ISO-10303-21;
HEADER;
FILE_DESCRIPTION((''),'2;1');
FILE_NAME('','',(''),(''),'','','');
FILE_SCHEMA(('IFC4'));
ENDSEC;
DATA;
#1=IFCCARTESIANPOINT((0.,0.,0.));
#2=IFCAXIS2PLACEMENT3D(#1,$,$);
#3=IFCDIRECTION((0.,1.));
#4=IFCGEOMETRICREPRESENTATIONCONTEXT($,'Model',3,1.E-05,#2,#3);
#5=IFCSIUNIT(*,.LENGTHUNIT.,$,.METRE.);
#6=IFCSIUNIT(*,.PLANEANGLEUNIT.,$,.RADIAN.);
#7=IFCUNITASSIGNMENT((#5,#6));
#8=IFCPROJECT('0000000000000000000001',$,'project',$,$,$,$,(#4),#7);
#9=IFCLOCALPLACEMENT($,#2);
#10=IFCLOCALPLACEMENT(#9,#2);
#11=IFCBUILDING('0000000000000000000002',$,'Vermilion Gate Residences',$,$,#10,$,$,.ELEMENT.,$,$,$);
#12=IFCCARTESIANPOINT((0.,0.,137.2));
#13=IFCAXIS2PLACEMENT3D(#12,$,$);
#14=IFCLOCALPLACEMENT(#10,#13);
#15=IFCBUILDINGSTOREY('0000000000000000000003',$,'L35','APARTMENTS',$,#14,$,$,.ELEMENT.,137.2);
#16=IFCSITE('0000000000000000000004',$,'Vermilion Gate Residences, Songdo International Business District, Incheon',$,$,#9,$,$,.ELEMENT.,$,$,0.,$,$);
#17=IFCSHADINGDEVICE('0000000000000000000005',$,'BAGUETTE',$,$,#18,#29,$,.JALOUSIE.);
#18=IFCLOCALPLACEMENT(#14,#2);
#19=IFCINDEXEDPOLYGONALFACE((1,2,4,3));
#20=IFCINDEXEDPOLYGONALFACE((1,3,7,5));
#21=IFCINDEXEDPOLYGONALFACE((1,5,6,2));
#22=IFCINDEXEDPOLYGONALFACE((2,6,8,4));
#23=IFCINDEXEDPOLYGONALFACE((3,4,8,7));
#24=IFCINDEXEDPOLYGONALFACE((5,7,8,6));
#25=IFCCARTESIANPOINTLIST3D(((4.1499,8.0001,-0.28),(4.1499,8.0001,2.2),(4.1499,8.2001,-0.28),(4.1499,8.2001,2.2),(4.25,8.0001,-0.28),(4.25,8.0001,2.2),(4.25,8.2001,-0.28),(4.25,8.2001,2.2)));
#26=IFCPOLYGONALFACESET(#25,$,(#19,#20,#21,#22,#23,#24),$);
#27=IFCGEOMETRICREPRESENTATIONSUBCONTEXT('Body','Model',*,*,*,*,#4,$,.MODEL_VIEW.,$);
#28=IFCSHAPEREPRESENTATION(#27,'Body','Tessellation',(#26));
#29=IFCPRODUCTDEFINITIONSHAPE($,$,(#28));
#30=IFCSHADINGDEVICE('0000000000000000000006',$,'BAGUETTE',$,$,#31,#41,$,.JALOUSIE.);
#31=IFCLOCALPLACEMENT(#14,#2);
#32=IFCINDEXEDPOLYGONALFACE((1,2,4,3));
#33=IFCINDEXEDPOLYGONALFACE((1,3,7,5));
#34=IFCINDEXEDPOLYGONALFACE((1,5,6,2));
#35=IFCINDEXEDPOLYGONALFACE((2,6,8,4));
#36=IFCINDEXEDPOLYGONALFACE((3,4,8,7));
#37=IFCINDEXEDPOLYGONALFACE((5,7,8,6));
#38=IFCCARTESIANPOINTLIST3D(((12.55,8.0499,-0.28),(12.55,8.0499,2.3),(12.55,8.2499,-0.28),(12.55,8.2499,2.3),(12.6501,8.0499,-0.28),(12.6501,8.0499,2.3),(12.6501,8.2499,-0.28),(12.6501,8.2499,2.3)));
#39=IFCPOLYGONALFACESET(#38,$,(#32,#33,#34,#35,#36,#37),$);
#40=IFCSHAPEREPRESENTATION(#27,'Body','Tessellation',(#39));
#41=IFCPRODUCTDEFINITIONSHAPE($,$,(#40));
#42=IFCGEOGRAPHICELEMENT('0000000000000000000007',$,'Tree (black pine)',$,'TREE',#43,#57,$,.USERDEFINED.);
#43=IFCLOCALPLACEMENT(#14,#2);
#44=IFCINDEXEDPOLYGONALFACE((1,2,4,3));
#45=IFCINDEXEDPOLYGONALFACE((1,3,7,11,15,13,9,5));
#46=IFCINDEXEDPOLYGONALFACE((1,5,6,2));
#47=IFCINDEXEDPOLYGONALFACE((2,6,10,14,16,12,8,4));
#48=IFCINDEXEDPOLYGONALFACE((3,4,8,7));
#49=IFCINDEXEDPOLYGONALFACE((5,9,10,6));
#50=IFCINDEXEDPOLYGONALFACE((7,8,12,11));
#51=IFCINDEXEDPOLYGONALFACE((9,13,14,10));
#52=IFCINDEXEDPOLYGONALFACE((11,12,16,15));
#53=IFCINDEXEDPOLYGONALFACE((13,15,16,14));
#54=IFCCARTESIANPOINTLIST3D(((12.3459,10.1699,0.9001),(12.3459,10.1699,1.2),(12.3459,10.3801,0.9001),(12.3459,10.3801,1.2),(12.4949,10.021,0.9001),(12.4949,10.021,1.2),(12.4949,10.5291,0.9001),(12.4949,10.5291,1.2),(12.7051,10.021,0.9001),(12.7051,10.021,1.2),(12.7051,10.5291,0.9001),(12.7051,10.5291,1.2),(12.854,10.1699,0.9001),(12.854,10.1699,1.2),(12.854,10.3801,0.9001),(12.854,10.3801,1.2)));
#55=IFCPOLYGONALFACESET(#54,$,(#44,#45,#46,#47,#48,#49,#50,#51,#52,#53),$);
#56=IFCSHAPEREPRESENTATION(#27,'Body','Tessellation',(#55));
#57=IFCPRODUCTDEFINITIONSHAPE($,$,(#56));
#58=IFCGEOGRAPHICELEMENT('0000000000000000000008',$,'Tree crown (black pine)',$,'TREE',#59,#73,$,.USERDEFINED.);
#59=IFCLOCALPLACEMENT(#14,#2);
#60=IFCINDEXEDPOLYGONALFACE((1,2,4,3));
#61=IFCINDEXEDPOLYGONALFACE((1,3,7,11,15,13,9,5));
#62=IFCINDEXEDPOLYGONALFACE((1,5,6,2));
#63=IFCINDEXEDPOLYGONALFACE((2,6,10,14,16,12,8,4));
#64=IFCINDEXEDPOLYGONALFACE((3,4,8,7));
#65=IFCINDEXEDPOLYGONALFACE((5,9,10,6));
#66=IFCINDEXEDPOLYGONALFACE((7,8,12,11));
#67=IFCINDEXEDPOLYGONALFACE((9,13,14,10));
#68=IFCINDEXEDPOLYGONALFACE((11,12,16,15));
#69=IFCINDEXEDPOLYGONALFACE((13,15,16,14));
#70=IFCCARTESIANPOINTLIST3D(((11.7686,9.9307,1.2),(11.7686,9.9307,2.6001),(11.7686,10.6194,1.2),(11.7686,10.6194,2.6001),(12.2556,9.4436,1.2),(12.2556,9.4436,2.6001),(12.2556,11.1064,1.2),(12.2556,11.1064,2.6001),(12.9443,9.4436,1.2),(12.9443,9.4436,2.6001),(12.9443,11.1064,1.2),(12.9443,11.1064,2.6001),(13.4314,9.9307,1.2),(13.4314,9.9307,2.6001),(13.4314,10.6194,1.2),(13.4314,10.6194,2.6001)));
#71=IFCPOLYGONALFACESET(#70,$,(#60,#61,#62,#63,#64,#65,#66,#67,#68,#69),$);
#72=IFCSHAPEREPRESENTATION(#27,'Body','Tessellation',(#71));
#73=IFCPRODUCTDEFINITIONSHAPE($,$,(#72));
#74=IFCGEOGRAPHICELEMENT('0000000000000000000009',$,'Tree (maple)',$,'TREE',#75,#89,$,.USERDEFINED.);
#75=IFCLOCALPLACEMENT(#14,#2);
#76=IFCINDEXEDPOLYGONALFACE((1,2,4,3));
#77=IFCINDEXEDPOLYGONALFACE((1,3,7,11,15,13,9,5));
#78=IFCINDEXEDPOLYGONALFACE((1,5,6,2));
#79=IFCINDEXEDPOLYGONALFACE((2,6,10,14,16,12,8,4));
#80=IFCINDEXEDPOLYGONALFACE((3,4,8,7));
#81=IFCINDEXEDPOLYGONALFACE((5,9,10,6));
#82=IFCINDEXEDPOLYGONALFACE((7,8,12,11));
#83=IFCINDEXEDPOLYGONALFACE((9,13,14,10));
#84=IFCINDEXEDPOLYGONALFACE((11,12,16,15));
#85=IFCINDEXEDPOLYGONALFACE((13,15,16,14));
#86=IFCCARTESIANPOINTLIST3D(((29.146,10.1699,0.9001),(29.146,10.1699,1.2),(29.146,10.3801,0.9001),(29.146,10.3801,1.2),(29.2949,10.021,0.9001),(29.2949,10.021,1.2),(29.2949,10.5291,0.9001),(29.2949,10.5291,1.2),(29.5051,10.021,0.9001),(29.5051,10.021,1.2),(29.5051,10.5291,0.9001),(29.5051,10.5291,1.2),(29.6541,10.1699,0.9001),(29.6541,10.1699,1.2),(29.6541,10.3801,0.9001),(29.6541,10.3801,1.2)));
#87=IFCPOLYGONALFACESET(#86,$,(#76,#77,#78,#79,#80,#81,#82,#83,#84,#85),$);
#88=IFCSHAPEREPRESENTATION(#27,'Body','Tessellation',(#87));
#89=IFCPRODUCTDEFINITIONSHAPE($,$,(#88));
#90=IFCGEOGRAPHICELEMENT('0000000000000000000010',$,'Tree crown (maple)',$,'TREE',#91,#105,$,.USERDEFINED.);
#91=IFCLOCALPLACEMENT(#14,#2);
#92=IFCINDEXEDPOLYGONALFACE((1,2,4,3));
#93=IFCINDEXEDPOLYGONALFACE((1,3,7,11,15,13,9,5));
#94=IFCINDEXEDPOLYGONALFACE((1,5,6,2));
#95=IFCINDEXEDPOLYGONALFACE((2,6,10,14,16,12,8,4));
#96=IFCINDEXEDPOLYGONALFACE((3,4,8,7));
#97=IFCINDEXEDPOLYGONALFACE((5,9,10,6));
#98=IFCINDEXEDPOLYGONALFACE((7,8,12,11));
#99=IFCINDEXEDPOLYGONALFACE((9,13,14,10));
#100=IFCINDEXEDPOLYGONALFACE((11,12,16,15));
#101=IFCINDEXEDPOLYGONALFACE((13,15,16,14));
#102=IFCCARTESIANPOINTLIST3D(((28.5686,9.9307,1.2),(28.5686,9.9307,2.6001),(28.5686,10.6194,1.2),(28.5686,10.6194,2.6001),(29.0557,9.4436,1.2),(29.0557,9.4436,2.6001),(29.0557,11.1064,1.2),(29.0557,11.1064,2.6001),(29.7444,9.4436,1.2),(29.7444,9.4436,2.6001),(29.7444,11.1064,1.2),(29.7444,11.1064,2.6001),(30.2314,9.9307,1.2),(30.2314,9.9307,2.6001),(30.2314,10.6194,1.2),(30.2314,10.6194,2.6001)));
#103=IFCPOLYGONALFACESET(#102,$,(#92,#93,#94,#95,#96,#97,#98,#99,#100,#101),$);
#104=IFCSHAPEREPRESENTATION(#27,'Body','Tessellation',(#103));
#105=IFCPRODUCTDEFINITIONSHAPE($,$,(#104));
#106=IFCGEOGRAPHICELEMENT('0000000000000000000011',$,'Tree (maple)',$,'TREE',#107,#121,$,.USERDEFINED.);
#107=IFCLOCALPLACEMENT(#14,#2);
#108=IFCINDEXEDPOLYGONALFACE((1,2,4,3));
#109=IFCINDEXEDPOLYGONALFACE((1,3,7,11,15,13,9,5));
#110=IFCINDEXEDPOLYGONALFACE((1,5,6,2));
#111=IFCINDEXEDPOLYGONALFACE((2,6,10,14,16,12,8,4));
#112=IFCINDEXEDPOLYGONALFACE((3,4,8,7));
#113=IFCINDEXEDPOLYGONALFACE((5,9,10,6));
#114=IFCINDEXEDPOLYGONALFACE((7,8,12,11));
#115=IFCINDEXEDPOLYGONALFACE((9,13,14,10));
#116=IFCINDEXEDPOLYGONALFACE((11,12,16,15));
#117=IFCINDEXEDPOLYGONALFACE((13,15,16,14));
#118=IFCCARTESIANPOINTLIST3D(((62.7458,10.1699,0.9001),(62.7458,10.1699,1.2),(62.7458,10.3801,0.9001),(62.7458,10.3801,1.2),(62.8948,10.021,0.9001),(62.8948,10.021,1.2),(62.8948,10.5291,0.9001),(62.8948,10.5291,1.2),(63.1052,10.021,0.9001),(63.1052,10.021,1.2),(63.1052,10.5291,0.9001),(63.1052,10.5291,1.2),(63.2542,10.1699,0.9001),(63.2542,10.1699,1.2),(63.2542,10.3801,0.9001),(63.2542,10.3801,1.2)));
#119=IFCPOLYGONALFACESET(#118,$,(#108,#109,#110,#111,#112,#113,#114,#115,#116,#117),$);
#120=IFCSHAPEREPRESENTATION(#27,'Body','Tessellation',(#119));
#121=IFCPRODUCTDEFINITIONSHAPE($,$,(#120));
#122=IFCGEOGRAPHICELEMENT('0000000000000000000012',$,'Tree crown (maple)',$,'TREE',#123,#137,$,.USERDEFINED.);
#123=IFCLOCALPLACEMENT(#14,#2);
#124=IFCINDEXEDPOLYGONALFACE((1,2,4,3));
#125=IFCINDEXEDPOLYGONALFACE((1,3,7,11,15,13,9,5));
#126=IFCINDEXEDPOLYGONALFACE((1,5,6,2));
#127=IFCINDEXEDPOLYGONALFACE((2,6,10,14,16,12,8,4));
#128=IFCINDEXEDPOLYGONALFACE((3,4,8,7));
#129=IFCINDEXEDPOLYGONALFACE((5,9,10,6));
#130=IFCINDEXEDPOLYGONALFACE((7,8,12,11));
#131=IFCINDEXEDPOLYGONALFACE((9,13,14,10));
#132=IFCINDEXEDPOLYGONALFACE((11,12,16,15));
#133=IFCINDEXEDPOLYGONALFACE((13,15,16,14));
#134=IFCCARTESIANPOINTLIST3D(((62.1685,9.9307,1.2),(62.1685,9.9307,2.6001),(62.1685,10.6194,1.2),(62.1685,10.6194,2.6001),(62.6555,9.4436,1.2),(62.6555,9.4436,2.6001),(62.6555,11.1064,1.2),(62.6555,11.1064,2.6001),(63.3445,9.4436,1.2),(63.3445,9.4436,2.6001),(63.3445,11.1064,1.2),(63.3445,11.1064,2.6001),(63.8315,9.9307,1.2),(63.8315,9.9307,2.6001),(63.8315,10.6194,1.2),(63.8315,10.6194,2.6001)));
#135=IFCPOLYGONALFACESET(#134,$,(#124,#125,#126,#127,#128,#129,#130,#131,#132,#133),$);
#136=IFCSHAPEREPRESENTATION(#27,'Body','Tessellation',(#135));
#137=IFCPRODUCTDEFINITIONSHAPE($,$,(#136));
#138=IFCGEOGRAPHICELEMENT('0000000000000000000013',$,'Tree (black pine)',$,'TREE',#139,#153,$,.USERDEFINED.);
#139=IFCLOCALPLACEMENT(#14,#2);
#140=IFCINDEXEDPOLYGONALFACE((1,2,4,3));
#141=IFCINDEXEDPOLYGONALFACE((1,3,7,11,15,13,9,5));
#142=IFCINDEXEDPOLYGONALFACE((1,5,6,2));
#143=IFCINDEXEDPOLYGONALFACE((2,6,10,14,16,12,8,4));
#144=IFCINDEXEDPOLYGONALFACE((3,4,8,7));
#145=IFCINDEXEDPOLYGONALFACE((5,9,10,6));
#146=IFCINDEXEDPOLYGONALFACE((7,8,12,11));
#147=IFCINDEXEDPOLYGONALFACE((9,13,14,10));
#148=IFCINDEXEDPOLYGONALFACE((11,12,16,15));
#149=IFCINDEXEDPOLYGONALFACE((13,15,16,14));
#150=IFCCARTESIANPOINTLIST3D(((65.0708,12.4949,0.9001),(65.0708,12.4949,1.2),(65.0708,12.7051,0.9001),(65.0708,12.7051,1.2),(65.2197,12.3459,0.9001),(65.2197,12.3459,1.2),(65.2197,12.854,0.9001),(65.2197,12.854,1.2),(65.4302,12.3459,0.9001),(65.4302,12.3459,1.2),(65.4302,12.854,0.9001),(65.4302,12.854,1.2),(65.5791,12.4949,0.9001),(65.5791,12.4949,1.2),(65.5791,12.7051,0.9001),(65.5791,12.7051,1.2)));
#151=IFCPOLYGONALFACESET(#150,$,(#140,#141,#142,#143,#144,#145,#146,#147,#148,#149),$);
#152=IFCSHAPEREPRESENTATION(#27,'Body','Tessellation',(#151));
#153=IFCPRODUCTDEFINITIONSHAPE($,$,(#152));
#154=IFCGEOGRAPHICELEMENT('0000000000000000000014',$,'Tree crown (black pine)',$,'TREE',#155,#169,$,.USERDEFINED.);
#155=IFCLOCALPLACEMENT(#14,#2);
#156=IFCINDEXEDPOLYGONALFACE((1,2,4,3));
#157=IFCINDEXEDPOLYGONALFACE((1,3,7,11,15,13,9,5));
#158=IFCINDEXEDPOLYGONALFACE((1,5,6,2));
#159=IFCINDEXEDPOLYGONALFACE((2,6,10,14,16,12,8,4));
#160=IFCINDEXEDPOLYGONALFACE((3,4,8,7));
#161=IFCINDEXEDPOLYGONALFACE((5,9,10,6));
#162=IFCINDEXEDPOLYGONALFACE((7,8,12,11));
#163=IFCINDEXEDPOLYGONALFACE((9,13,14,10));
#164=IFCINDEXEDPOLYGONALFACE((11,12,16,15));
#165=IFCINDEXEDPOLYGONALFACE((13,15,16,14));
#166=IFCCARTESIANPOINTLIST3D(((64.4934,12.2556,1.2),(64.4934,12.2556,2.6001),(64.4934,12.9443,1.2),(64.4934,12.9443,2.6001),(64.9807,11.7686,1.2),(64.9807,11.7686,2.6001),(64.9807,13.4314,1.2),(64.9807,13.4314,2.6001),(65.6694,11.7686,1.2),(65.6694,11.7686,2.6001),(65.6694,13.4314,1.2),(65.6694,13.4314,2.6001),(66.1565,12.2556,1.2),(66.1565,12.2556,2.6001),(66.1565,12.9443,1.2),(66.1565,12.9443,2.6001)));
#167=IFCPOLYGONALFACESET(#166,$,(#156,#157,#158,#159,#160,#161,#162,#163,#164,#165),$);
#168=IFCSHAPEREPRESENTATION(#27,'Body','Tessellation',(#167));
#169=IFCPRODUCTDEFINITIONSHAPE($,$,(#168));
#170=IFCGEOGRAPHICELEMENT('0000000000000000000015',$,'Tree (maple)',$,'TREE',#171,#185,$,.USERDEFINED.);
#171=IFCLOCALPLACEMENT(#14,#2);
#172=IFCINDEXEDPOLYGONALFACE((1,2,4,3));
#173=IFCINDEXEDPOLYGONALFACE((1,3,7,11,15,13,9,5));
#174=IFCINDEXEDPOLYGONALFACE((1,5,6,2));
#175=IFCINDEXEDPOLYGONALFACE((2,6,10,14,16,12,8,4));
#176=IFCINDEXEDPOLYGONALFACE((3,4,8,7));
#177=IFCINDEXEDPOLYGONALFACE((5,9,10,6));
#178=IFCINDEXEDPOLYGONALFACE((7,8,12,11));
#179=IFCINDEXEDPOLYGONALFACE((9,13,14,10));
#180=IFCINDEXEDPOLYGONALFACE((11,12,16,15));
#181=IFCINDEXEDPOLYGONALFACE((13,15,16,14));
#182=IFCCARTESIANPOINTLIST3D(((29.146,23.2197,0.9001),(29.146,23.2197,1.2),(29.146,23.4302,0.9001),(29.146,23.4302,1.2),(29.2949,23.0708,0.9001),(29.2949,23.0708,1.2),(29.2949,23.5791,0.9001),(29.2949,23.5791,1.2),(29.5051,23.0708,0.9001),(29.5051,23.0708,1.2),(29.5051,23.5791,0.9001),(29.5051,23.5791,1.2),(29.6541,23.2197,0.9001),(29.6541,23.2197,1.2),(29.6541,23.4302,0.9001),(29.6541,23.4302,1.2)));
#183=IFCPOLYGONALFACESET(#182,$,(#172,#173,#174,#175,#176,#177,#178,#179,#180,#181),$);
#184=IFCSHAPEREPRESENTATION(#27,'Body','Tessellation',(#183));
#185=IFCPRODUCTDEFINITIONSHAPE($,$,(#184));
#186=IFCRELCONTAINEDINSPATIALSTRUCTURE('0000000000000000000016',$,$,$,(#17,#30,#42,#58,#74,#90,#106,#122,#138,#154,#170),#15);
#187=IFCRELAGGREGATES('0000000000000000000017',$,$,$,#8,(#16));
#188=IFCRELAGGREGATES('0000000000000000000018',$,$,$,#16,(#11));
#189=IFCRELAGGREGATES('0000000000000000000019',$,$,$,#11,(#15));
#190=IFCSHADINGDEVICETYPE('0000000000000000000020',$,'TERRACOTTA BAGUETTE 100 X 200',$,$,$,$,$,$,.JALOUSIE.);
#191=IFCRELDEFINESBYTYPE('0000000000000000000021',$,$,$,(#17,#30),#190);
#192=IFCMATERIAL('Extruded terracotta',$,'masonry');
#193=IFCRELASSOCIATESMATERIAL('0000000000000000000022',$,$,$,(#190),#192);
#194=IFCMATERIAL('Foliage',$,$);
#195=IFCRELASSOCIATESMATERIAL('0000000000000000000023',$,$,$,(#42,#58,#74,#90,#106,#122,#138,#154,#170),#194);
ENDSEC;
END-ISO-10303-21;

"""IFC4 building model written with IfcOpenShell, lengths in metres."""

from ifc_helpers import new_model, si_unit, direction, frame, origin, origin_2d, place, context, subcontext, project, spatial, polyline, rectangle, outline, extrude, material, material_profile, profile_set, type_object, element, save


model = new_model("IFC4")

# Units and contexts
model_context = context("Model", 3, precision=1e-05, world=origin(), true_north=direction((0.0, 1.0)))
body_context = subcontext(model_context, "Body", "Model", "MODEL_VIEW")
ifc_project = project(units=[si_unit("LENGTHUNIT", "METRE"), si_unit("PLANEANGLEUNIT", "RADIAN")], contexts=[model_context])

# Site, building, storey
site_placement = place(None, origin())
site = spatial("IfcSite", under=ifc_project, at=site_placement, Name="Vermilion Gate Residences, Songdo International Business District, Incheon", CompositionType="ELEMENT", RefElevation=0.0)
building_placement = place(site_placement, origin())
building = spatial("IfcBuilding", under=site, at=building_placement, Name="Vermilion Gate Residences", CompositionType="ELEMENT")
storey_placement = place(building_placement, frame((0.0, 0.0, 137.2)))
storey = spatial("IfcBuildingStorey", under=building, at=storey_placement, Name="L35", Description="APARTMENTS", CompositionType="ELEMENT", Elevation=137.2)

# Shading devices
ifc_material_1 = material(Name="Extruded terracotta", Category="masonry")
ifc_material_profile_1 = material_profile(ifc_material_1, rectangle(XDim=0.2, YDim=0.1001, at=origin_2d()), Name="BAGUETTE 100 X 200")
ifc_profile_set_1 = profile_set([ifc_material_profile_1], Name="Extruded terracotta")
shading_device_type_1 = type_object("IfcShadingDeviceType", Name="TERRACOTTA BAGUETTE 100 X 200", PredefinedType="JALOUSIE", material=ifc_profile_set_1)
shading_device_1_placement = place(storey_placement, frame((4.2, 8.1001, -0.28), z_axis=(0.0, 0.0, 1.0), x_axis=(0.0, 1.0, 0.0)))
element("IfcShadingDevice", 1, at=shading_device_1_placement, inside=storey, type_object=shading_device_type_1, Name="BAGUETTE", PredefinedType="JALOUSIE", context=body_context, shape_type="SweptSolid", body=[
    extrude(rectangle(XDim=0.2, YDim=0.1001, at=origin_2d()), origin(), (0.0, 0.0, 1.0), 2.48),
])
shading_device_2_placement = place(storey_placement, frame((12.6001, 8.1499, -0.28), z_axis=(0.0, 0.0, 1.0), x_axis=(0.0, 1.0, 0.0)))
element("IfcShadingDevice", 2, at=shading_device_2_placement, inside=storey, type_object=shading_device_type_1, Name="BAGUETTE", PredefinedType="JALOUSIE", context=body_context, shape_type="SweptSolid", body=[
    extrude(rectangle(XDim=0.2, YDim=0.1001, at=origin_2d()), origin(), (0.0, 0.0, 1.0), 2.5801),
])

# Geographic elements
ifc_material_2 = material(Name="Foliage")
geographic_element_1_placement = place(storey_placement, frame((0.0, 0.0, 0.9001)))
element("IfcGeographicElement", 3, at=geographic_element_1_placement, inside=storey, material=ifc_material_2, Name="Tree (black pine)", ObjectType="TREE", PredefinedType="USERDEFINED", context=body_context, shape_type="SweptSolid", body=[
    extrude(outline(polyline([(12.854, 10.3801), (12.7051, 10.5291), (12.4949, 10.5291), (12.3459, 10.3801), (12.3459, 10.1699), (12.4949, 10.021), (12.7051, 10.021), (12.854, 10.1699), (12.854, 10.3801)])), origin(), (0.0, 0.0, 1.0), 0.2998),
])
geographic_element_2_placement = place(storey_placement, frame((0.0, 0.0, 1.2)))
element("IfcGeographicElement", 4, at=geographic_element_2_placement, inside=storey, material=ifc_material_2, Name="Tree crown (black pine)", ObjectType="TREE", PredefinedType="USERDEFINED", context=body_context, shape_type="SweptSolid", body=[
    extrude(outline(polyline([(13.4314, 10.6194), (12.9443, 11.1064), (12.2556, 11.1064), (11.7686, 10.6194), (11.7686, 9.9307), (12.2556, 9.4436), (12.9443, 9.4436), (13.4314, 9.9307), (13.4314, 10.6194)])), origin(), (0.0, 0.0, 1.0), 1.4001),
])
geographic_element_3_placement = place(storey_placement, frame((0.0, 0.0, 0.9001)))
element("IfcGeographicElement", 5, at=geographic_element_3_placement, inside=storey, material=ifc_material_2, Name="Tree (maple)", ObjectType="TREE", PredefinedType="USERDEFINED", context=body_context, shape_type="SweptSolid", body=[
    extrude(outline(polyline([(29.6541, 10.3801), (29.5051, 10.5291), (29.2949, 10.5291), (29.146, 10.3801), (29.146, 10.1699), (29.2949, 10.021), (29.5051, 10.021), (29.6541, 10.1699), (29.6541, 10.3801)])), origin(), (0.0, 0.0, 1.0), 0.2998),
])
geographic_element_4_placement = place(storey_placement, frame((0.0, 0.0, 1.2)))
element("IfcGeographicElement", 6, at=geographic_element_4_placement, inside=storey, material=ifc_material_2, Name="Tree crown (maple)", ObjectType="TREE", PredefinedType="USERDEFINED", context=body_context, shape_type="SweptSolid", body=[
    extrude(outline(polyline([(30.2314, 10.6194), (29.7444, 11.1064), (29.0557, 11.1064), (28.5686, 10.6194), (28.5686, 9.9307), (29.0557, 9.4436), (29.7444, 9.4436), (30.2314, 9.9307), (30.2314, 10.6194)])), origin(), (0.0, 0.0, 1.0), 1.4001),
])
geographic_element_5_placement = place(storey_placement, frame((0.0, 0.0, 0.9001)))
element("IfcGeographicElement", 7, at=geographic_element_5_placement, inside=storey, material=ifc_material_2, Name="Tree (maple)", ObjectType="TREE", PredefinedType="USERDEFINED", context=body_context, shape_type="SweptSolid", body=[
    extrude(outline(polyline([(63.2542, 10.3801), (63.1052, 10.5291), (62.8948, 10.5291), (62.7458, 10.3801), (62.7458, 10.1699), (62.8948, 10.021), (63.1052, 10.021), (63.2542, 10.1699), (63.2542, 10.3801)])), origin(), (0.0, 0.0, 1.0), 0.2998),
])
geographic_element_6_placement = place(storey_placement, frame((0.0, 0.0, 1.2)))
element("IfcGeographicElement", 8, at=geographic_element_6_placement, inside=storey, material=ifc_material_2, Name="Tree crown (maple)", ObjectType="TREE", PredefinedType="USERDEFINED", context=body_context, shape_type="SweptSolid", body=[
    extrude(outline(polyline([(63.8315, 10.6194), (63.3445, 11.1064), (62.6555, 11.1064), (62.1685, 10.6194), (62.1685, 9.9307), (62.6555, 9.4436), (63.3445, 9.4436), (63.8315, 9.9307), (63.8315, 10.6194)])), origin(), (0.0, 0.0, 1.0), 1.4001),
])
geographic_element_7_placement = place(storey_placement, frame((0.0, 0.0, 0.9001)))
element("IfcGeographicElement", 9, at=geographic_element_7_placement, inside=storey, material=ifc_material_2, Name="Tree (black pine)", ObjectType="TREE", PredefinedType="USERDEFINED", context=body_context, shape_type="SweptSolid", body=[
    extrude(outline(polyline([(65.5791, 12.7051), (65.4302, 12.854), (65.2197, 12.854), (65.0708, 12.7051), (65.0708, 12.4949), (65.2197, 12.3459), (65.4302, 12.3459), (65.5791, 12.4949), (65.5791, 12.7051)])), origin(), (0.0, 0.0, 1.0), 0.2998),
])
geographic_element_8_placement = place(storey_placement, frame((0.0, 0.0, 1.2)))
element("IfcGeographicElement", 10, at=geographic_element_8_placement, inside=storey, material=ifc_material_2, Name="Tree crown (black pine)", ObjectType="TREE", PredefinedType="USERDEFINED", context=body_context, shape_type="SweptSolid", body=[
    extrude(outline(polyline([(66.1565, 12.9443), (65.6694, 13.4314), (64.9807, 13.4314), (64.4934, 12.9443), (64.4934, 12.2556), (64.9807, 11.7686), (65.6694, 11.7686), (66.1565, 12.2556), (66.1565, 12.9443)])), origin(), (0.0, 0.0, 1.0), 1.4001),
])
geographic_element_9_placement = place(storey_placement, frame((0.0, 0.0, 0.9001)))
element("IfcGeographicElement", 11, at=geographic_element_9_placement, inside=storey, material=ifc_material_2, Name="Tree (maple)", ObjectType="TREE", PredefinedType="USERDEFINED", context=body_context, shape_type="SweptSolid", body=[
    extrude(outline(polyline([(29.6541, 23.4302), (29.5051, 23.5791), (29.2949, 23.5791), (29.146, 23.4302), (29.146, 23.2197), (29.2949, 23.0708), (29.5051, 23.0708), (29.6541, 23.2197), (29.6541, 23.4302)])), origin(), (0.0, 0.0, 1.0), 0.2998),
])

save(model, "model.ifc")
